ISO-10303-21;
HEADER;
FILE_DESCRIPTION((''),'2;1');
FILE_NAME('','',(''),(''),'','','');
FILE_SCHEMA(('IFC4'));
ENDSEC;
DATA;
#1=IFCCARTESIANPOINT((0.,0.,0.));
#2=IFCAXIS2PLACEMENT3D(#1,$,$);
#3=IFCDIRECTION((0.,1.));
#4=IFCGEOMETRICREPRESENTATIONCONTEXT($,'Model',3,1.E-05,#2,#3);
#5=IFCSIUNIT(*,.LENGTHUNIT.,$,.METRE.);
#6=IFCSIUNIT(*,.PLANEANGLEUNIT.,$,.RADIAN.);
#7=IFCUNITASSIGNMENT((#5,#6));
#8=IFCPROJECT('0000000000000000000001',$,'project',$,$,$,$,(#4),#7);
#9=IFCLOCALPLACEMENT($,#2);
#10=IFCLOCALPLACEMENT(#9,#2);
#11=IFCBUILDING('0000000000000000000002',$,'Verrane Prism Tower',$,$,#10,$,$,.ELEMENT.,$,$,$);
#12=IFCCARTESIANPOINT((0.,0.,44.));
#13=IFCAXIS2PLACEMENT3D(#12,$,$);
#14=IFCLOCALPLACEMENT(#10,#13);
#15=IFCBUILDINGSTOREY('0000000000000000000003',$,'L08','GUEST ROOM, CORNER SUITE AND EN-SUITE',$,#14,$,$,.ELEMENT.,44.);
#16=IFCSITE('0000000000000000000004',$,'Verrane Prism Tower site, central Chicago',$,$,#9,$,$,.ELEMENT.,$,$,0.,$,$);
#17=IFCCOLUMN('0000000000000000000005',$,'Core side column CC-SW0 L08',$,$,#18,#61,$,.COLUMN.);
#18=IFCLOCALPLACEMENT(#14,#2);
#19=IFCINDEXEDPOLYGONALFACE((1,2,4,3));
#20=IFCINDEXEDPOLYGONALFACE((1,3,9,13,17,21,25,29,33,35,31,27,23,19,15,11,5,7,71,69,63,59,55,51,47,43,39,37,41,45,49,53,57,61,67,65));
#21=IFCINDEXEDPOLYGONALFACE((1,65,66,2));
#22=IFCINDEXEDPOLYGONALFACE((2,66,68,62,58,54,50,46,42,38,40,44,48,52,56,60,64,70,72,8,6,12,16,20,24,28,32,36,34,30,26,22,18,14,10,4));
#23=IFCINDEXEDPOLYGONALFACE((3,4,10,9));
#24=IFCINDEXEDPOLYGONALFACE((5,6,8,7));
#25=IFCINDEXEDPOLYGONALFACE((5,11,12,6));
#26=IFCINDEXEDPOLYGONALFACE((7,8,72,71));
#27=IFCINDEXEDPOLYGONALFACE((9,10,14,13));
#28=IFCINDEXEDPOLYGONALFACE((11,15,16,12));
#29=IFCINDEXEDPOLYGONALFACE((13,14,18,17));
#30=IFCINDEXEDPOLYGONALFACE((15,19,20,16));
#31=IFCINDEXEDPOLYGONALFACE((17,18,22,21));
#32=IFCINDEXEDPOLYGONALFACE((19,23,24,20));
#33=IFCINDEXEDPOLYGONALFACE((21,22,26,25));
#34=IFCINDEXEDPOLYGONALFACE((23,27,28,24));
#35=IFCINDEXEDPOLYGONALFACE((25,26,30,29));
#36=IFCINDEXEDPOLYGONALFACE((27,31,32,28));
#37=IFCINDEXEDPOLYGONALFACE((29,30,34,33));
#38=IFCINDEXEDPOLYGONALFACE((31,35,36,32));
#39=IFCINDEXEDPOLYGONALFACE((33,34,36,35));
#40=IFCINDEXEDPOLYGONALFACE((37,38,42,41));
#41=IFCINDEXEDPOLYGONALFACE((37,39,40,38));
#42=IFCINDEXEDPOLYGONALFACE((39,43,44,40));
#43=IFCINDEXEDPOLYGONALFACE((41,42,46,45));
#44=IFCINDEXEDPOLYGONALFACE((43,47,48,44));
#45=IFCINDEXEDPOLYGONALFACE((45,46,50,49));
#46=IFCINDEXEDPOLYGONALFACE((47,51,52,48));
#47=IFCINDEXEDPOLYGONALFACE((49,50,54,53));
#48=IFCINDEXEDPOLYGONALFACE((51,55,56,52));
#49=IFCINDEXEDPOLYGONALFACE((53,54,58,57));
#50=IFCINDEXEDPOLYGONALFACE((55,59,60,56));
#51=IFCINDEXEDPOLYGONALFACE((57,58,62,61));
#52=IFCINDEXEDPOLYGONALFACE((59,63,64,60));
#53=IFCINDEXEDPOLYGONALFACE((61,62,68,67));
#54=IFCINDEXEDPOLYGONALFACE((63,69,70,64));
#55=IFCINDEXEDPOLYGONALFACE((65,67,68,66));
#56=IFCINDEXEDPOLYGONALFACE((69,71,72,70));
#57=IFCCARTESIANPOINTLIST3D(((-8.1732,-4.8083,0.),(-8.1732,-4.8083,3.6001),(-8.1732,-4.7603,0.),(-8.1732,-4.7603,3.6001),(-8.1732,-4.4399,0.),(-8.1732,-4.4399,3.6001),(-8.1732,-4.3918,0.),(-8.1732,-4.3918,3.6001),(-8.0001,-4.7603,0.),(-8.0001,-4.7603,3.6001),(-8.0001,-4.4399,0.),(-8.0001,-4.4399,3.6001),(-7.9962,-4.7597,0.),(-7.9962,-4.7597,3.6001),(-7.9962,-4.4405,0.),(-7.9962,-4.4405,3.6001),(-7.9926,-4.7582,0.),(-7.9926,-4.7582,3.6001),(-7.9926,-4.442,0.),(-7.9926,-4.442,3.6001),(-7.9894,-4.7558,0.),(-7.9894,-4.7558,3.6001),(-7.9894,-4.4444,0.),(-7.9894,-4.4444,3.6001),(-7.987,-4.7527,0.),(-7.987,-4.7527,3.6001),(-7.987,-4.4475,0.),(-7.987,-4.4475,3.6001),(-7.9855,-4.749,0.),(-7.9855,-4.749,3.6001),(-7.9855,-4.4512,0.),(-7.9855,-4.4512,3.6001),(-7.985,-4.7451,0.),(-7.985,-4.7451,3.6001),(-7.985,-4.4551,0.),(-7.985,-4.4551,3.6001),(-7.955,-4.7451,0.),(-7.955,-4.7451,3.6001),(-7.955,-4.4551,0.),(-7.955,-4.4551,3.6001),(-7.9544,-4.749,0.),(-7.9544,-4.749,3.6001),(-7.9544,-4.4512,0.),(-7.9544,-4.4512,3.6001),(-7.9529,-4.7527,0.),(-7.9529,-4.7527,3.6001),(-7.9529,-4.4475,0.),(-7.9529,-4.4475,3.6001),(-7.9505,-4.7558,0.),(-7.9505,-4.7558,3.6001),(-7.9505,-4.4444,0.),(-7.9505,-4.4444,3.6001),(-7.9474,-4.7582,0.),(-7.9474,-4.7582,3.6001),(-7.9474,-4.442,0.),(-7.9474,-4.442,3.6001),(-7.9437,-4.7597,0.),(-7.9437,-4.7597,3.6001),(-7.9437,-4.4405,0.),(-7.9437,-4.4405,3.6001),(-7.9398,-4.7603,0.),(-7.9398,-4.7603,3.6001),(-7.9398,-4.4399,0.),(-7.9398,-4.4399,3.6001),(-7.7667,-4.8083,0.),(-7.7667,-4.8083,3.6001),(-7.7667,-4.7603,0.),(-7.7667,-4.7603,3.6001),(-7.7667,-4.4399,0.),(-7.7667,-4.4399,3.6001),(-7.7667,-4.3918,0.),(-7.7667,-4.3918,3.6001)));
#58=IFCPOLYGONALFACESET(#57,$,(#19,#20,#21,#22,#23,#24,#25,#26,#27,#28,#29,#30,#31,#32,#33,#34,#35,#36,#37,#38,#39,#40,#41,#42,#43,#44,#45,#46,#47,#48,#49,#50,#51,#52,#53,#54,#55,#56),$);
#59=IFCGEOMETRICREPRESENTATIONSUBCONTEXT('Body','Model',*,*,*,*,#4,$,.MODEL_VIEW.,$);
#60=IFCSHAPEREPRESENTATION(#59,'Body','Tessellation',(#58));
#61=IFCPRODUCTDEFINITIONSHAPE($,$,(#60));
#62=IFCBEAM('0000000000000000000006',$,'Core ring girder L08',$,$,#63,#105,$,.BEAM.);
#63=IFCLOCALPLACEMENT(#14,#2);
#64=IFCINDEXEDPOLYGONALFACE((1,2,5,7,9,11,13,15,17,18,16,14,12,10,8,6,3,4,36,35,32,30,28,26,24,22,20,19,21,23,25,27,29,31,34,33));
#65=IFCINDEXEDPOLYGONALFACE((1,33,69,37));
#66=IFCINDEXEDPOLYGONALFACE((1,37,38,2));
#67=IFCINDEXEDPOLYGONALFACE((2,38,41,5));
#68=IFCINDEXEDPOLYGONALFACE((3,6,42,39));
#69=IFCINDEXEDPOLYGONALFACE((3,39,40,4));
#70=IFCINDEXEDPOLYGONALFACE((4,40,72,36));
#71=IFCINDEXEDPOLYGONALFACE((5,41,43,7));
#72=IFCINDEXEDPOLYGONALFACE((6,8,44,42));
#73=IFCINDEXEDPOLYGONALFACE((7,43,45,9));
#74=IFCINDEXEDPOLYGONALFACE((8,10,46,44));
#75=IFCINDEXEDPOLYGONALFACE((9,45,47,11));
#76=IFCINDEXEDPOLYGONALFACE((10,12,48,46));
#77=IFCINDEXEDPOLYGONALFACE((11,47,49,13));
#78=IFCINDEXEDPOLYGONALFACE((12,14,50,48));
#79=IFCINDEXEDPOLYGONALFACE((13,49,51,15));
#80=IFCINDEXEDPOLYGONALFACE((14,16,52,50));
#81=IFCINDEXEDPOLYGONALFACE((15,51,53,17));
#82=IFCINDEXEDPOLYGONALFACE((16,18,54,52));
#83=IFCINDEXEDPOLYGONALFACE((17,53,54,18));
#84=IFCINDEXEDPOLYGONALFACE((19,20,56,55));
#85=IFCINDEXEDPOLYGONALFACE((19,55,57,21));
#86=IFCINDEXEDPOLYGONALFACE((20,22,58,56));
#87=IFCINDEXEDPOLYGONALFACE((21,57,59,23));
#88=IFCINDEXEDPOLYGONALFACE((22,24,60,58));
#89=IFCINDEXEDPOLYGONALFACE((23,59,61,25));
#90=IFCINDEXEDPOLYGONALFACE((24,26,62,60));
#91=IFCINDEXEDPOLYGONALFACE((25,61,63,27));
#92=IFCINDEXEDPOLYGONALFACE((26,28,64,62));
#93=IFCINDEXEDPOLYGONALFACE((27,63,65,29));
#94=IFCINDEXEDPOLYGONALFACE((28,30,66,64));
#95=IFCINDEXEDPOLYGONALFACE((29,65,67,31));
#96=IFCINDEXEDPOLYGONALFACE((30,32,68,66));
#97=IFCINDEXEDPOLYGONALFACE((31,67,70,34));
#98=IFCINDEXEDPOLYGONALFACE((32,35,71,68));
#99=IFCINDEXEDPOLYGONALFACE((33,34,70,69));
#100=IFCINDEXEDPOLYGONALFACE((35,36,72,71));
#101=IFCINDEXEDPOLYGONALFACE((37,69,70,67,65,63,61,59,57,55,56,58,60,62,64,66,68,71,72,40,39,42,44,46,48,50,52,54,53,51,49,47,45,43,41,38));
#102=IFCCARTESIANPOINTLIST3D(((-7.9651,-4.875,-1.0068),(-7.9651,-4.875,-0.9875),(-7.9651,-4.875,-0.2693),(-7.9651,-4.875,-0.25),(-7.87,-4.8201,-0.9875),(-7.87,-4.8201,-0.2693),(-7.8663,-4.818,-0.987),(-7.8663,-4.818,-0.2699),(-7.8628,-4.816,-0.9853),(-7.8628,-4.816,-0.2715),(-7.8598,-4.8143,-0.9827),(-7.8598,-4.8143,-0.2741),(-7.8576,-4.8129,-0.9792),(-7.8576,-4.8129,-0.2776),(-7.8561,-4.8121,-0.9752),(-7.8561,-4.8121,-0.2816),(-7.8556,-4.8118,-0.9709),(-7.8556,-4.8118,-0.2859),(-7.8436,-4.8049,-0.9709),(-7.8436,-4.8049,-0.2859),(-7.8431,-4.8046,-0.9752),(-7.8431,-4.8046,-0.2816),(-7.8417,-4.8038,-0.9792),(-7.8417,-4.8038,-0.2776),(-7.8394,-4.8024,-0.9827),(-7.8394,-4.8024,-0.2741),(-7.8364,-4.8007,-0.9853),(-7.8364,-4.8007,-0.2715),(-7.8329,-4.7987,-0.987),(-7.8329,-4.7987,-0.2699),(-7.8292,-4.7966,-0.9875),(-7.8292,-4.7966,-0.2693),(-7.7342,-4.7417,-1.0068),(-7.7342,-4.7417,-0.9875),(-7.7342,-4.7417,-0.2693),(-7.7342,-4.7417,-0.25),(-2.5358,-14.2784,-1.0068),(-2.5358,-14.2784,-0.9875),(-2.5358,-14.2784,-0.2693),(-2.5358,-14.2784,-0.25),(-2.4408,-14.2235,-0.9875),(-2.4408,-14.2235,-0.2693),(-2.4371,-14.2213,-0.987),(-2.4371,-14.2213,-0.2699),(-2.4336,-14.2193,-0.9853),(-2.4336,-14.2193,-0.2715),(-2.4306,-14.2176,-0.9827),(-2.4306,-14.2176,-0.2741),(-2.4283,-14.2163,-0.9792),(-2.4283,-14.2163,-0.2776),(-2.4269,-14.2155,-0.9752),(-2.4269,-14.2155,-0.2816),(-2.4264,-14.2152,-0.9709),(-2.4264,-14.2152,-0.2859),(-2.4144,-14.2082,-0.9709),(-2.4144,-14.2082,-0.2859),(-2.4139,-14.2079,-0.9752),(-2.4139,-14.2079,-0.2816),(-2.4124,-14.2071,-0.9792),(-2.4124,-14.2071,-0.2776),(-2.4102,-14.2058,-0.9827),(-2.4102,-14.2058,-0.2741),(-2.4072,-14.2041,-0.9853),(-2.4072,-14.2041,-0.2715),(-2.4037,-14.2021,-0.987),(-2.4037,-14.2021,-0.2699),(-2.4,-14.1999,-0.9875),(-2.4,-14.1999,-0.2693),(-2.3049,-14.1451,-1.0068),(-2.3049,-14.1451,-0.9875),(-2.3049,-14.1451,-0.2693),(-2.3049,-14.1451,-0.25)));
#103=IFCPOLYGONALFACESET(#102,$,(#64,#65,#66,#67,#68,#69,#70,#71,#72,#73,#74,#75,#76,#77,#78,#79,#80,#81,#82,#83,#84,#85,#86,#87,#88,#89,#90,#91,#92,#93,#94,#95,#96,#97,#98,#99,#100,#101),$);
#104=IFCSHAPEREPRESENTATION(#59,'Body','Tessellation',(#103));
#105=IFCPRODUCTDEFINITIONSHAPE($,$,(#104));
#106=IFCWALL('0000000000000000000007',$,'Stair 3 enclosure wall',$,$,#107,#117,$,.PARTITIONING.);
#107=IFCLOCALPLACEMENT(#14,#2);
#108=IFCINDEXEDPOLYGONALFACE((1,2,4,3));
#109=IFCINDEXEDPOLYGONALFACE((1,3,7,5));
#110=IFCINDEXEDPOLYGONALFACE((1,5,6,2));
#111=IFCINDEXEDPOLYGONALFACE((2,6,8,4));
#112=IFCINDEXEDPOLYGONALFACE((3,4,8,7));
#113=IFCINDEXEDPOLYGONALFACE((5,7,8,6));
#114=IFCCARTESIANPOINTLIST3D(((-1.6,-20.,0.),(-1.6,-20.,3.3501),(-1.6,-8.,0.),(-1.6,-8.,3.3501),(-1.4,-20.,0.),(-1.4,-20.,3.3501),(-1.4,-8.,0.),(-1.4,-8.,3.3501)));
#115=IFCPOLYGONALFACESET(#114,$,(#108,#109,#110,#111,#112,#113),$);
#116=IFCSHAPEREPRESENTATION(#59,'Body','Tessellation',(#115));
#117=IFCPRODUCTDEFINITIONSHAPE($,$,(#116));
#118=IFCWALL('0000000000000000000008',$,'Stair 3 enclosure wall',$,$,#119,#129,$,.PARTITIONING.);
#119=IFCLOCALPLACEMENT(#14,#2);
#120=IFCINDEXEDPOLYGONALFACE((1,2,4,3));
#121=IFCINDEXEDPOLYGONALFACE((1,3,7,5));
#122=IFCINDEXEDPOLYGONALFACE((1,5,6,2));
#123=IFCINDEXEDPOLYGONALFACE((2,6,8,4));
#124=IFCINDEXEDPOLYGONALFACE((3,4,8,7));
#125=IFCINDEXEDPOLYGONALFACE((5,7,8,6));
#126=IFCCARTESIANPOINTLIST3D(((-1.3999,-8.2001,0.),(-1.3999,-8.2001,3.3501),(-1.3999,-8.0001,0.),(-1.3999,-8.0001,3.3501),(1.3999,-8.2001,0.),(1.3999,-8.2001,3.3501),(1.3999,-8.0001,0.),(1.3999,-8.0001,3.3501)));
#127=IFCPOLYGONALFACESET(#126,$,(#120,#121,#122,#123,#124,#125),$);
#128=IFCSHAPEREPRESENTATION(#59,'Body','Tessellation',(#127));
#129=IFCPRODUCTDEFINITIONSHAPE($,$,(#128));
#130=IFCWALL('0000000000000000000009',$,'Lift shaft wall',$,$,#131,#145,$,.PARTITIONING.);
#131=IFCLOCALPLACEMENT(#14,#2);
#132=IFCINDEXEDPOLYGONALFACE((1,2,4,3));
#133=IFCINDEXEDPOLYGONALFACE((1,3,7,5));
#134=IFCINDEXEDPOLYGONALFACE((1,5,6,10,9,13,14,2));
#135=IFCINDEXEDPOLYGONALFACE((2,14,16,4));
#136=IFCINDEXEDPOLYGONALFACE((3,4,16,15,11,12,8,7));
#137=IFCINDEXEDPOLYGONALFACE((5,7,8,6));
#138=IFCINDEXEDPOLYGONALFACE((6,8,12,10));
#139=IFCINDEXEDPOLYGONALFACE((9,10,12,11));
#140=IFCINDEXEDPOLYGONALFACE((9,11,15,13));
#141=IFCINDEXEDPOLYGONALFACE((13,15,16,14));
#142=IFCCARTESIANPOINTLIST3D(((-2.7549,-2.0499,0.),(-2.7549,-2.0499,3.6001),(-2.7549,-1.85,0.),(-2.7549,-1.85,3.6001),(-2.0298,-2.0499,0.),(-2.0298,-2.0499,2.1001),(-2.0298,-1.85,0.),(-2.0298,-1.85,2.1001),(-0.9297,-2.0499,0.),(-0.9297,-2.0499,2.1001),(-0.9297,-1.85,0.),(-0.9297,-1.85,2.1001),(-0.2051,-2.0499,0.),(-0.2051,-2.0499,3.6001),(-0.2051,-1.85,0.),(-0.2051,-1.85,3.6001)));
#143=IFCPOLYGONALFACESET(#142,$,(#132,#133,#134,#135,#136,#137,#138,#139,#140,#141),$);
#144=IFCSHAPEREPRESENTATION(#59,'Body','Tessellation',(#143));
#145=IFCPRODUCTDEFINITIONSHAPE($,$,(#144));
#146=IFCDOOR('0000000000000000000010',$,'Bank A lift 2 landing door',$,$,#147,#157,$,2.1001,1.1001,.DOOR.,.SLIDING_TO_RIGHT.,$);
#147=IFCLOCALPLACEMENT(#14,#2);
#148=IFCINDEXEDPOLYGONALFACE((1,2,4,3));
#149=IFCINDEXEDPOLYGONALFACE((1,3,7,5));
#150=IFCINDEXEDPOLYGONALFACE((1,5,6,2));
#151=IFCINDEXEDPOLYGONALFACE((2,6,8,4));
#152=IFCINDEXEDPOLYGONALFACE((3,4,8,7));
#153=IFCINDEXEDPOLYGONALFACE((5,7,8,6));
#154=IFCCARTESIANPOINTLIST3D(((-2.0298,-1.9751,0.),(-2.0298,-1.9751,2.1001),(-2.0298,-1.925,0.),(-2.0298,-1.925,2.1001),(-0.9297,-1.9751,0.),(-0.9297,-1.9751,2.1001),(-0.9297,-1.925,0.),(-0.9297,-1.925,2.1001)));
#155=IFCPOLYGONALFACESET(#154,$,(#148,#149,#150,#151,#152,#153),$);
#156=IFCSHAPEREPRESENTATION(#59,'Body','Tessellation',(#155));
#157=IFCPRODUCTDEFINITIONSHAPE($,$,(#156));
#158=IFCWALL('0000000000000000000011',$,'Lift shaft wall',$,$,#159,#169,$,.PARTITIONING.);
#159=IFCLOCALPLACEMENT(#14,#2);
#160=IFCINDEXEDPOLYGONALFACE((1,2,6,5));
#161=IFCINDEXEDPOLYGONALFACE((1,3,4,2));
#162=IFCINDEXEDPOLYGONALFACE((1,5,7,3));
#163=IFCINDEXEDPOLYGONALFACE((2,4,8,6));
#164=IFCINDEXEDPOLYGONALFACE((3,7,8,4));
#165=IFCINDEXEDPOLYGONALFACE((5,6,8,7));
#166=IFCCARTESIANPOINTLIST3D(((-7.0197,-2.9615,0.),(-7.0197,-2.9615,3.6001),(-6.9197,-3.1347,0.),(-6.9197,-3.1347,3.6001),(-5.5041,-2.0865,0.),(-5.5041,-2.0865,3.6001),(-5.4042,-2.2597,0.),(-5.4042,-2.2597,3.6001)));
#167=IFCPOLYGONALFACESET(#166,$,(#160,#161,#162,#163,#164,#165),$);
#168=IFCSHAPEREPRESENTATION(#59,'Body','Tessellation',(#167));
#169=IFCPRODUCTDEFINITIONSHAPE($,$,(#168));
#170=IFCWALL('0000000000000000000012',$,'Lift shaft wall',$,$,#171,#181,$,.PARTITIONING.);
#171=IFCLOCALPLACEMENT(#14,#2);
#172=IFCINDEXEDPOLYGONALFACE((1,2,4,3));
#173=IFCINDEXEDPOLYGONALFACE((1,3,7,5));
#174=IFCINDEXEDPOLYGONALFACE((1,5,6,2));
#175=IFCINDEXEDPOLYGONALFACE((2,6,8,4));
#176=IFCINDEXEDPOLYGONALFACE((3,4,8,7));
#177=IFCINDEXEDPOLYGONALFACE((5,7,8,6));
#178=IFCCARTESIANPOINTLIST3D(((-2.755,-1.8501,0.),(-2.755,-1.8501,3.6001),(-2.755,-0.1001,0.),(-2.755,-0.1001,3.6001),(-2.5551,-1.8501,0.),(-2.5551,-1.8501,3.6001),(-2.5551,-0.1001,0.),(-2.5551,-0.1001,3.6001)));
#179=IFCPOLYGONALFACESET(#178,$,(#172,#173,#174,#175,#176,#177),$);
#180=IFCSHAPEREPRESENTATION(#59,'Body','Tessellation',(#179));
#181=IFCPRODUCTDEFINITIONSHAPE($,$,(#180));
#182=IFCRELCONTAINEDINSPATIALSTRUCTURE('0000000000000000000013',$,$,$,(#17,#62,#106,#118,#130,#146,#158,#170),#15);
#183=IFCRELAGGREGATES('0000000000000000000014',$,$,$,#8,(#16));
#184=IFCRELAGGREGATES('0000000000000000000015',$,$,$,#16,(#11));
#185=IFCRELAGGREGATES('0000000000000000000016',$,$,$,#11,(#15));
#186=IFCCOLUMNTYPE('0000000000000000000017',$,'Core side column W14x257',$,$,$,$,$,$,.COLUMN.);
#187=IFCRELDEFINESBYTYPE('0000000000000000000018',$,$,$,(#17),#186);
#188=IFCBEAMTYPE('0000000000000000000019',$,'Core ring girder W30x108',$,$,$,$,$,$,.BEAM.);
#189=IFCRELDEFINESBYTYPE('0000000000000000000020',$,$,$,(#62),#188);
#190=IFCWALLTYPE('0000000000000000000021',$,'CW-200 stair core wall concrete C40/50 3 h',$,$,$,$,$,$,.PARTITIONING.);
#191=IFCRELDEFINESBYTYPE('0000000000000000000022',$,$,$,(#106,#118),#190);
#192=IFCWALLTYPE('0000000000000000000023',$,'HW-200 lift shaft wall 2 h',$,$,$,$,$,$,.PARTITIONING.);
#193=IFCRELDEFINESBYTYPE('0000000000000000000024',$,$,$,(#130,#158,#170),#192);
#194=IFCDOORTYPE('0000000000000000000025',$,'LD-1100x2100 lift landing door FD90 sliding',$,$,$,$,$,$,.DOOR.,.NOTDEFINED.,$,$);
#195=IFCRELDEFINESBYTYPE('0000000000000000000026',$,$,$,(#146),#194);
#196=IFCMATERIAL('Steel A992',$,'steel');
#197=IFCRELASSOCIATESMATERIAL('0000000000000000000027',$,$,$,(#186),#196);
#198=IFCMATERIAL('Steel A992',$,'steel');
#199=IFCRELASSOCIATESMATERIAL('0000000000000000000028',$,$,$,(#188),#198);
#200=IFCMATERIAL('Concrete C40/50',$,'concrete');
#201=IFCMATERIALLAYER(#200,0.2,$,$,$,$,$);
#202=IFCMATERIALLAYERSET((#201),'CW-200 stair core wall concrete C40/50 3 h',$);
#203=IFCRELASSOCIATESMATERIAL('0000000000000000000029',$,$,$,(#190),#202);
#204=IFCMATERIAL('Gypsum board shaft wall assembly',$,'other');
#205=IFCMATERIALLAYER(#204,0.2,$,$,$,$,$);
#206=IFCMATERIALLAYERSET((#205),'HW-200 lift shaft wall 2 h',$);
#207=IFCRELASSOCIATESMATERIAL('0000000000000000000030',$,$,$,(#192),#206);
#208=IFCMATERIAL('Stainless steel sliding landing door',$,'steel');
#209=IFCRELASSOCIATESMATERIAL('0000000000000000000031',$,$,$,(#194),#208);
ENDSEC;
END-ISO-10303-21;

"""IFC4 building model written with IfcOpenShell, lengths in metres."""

from ifc_helpers import new_model, si_unit, direction, frame, frame_2d, origin, origin_2d, place, context, subcontext, project, spatial, rectangle, i_section, extrude, material, layer, layer_set, material_profile, profile_set, type_object, element, fill, save


model = new_model("IFC4")

# Units and contexts
model_context = context("Model", 3, precision=1e-05, world=origin(), true_north=direction((0.0, 1.0)))
body_context = subcontext(model_context, "Body", "Model", "MODEL_VIEW")
ifc_project = project(units=[si_unit("LENGTHUNIT", "METRE"), si_unit("PLANEANGLEUNIT", "RADIAN")], contexts=[model_context])

# Site, building, storey
site_placement = place(None, origin())
site = spatial("IfcSite", under=ifc_project, at=site_placement, Name="Verrane Prism Tower site, central Chicago", CompositionType="ELEMENT", RefElevation=0.0)
building_placement = place(site_placement, origin())
building = spatial("IfcBuilding", under=site, at=building_placement, Name="Verrane Prism Tower", CompositionType="ELEMENT")
storey_placement = place(building_placement, frame((0.0, 0.0, 44.0)))
storey = spatial("IfcBuildingStorey", under=building, at=storey_placement, Name="L08", Description="GUEST ROOM, CORNER SUITE AND EN-SUITE", CompositionType="ELEMENT", Elevation=44.0)

# Column
ifc_material_1 = material(Name="Steel A992", Category="steel")
ifc_material_profile_1 = material_profile(ifc_material_1, i_section(OverallWidth=0.4065, OverallDepth=0.4165, WebThickness=0.03, FlangeThickness=0.0481, FilletRadius=0.0151, at=origin_2d()), Name="W14x257")
ifc_profile_set_1 = profile_set([ifc_material_profile_1], Name="Steel A992")
column_type = type_object("IfcColumnType", Name="Core side column W14x257", PredefinedType="COLUMN", material=ifc_profile_set_1)
column_placement = place(storey_placement, frame((-7.97, -4.6001, 0.0), z_axis=(0.0, 0.0, 1.0), x_axis=(1.0, 0.0, 0.0)))
element("IfcColumn", 1, at=column_placement, inside=storey, type_object=column_type, Name="Core side column CC-SW0 L08", PredefinedType="COLUMN", context=body_context, shape_type="SweptSolid", body=[
    extrude(i_section(OverallWidth=0.4065, OverallDepth=0.4165, WebThickness=0.03, FlangeThickness=0.0481, FilletRadius=0.0151, at=origin_2d()), origin(), (0.0, 0.0, 1.0), 3.6001),
])

# Beam
ifc_material_2 = material(Name="Steel A992", Category="steel")
ifc_material_profile_2 = material_profile(ifc_material_2, i_section(OverallWidth=0.2666, OverallDepth=0.7568, WebThickness=0.0139, FlangeThickness=0.0193, FilletRadius=0.0166, at=origin_2d()), Name="W30x108")
ifc_profile_set_2 = profile_set([ifc_material_profile_2], Name="Steel A992")
beam_type = type_object("IfcBeamType", Name="Core ring girder W30x108", PredefinedType="BEAM", material=ifc_profile_set_2)
beam_placement = place(storey_placement, frame((-7.8496, -4.8083, -0.6284), z_axis=(0.500013, -0.866018, 0.0), x_axis=(0.866018, 0.500013, 0.0)))
element("IfcBeam", 2, at=beam_placement, inside=storey, type_object=beam_type, Name="Core ring girder L08", PredefinedType="BEAM", context=body_context, shape_type="SweptSolid", body=[
    extrude(i_section(OverallWidth=0.2666, OverallDepth=0.7568, WebThickness=0.0139, FlangeThickness=0.0193, FilletRadius=0.0166, at=origin_2d()), origin(), (0.0, 0.0, 1.0), 10.8582),
])

# Walls
ifc_material_3 = material(Name="Concrete C40/50", Category="concrete")
ifc_layer_1 = layer(ifc_material_3, 0.2)
ifc_layer_set_1 = layer_set([ifc_layer_1], Name="CW-200 stair core wall concrete C40/50 3 h")
wall_type_1 = type_object("IfcWallType", Name="CW-200 stair core wall concrete C40/50 3 h", PredefinedType="PARTITIONING", material=ifc_layer_set_1)
wall_1_placement = place(storey_placement, frame((-1.5, -8.0, 0.0), z_axis=(0.0, 0.0, 1.0), x_axis=(0.0, -1.0, 0.0)))
element("IfcWall", 3, at=wall_1_placement, inside=storey, type_object=wall_type_1, Name="Stair 3 enclosure wall", PredefinedType="PARTITIONING", context=body_context, shape_type="SweptSolid", body=[
    extrude(rectangle(XDim=12.0, YDim=0.2, at=frame_2d((6.0, 0.0))), origin(), (0.0, 0.0, 1.0), 3.3501),
])
wall_2_placement = place(storey_placement, frame((-1.3999, -8.1001, 0.0), z_axis=(0.0, 0.0, 1.0), x_axis=(1.0, 0.0, 0.0)))
element("IfcWall", 4, at=wall_2_placement, inside=storey, type_object=wall_type_1, Name="Stair 3 enclosure wall", PredefinedType="PARTITIONING", context=body_context, shape_type="SweptSolid", body=[
    extrude(rectangle(XDim=2.7998, YDim=0.2, at=frame_2d((1.3999, 0.0))), origin(), (0.0, 0.0, 1.0), 3.3501),
])

# Wall, opening, door
ifc_material_4 = material(Name="Gypsum board shaft wall assembly", Category="other")
ifc_layer_2 = layer(ifc_material_4, 0.2)
ifc_layer_set_2 = layer_set([ifc_layer_2], Name="HW-200 lift shaft wall 2 h")
wall_type_2 = type_object("IfcWallType", Name="HW-200 lift shaft wall 2 h", PredefinedType="PARTITIONING", material=ifc_layer_set_2)
wall_3_placement = place(storey_placement, frame((-2.7549, -1.95, 0.0), z_axis=(0.0, 0.0, 1.0), x_axis=(1.0, 0.0, 0.0)))
wall_3 = element("IfcWall", 5, at=wall_3_placement, inside=storey, type_object=wall_type_2, Name="Lift shaft wall", PredefinedType="PARTITIONING", context=body_context, shape_type="SweptSolid", body=[
    extrude(rectangle(XDim=2.5498, YDim=0.2, at=frame_2d((1.2749, 0.0))), origin(), (0.0, 0.0, 1.0), 3.6001),
])
opening_1_placement = place(wall_3_placement, frame((0.7251, 0.0, 0.0)))
opening_1 = element("IfcOpeningElement", 6, at=opening_1_placement, cuts=wall_3, PredefinedType="OPENING", context=body_context, shape_type="SweptSolid", body=[
    extrude(rectangle(XDim=1.1001, YDim=2.1001, at=frame_2d((0.55, 1.05))), frame((0.0, 0.1099, 0.0), z_axis=(0.0, -1.0, 0.0), x_axis=(1.0, 0.0, 0.0)), (0.0, 0.0, 1.0), 0.22),
])
ifc_material_5 = material(Name="Stainless steel sliding landing door", Category="steel")
door_type_1 = type_object("IfcDoorType", Name="LD-1100x2100 lift landing door FD90 sliding", OperationType="NOTDEFINED", PredefinedType="DOOR", material=ifc_material_5)
door_1_placement = place(opening_1_placement, origin())
door_1 = element("IfcDoor", 7, at=door_1_placement, inside=storey, type_object=door_type_1, Name="Bank A lift 2 landing door", OperationType="SLIDING_TO_RIGHT", OverallHeight=2.1001, OverallWidth=1.1001, PredefinedType="DOOR", context=body_context, shape_type="SweptSolid", body=[
    extrude(rectangle(XDim=1.1001, YDim=2.1001, at=frame_2d((0.55, 1.05))), frame((0.0, 0.0249, 0.0), z_axis=(0.0, -1.0, 0.0), x_axis=(1.0, 0.0, 0.0)), (0.0, 0.0, 1.0), 0.05),
])
fill(opening_1, door_1)

# Walls
for number, where, z_axis, x_axis, name in (
    (8, (-6.9697, -3.0481, 0.0), (0.0, 0.0, 1.0), (0.866037, 0.49998, 0.0), "Lift shaft wall"),
    (9, (-2.655, -1.8501, 0.0), (0.0, 0.0, 1.0), (0.0, 1.0, 0.0), "Lift shaft wall"),
):
    element("IfcWall", number, at=place(storey_placement, frame(where, z_axis=z_axis, x_axis=x_axis)), inside=storey, type_object=wall_type_2, Name=name, PredefinedType="PARTITIONING", context=body_context, shape_type="SweptSolid", body=[
        extrude(rectangle(XDim=1.75, YDim=0.2, at=frame_2d((0.875, 0.0))), origin(), (0.0, 0.0, 1.0), 3.6001),
    ])

save(model, "model.ifc")
